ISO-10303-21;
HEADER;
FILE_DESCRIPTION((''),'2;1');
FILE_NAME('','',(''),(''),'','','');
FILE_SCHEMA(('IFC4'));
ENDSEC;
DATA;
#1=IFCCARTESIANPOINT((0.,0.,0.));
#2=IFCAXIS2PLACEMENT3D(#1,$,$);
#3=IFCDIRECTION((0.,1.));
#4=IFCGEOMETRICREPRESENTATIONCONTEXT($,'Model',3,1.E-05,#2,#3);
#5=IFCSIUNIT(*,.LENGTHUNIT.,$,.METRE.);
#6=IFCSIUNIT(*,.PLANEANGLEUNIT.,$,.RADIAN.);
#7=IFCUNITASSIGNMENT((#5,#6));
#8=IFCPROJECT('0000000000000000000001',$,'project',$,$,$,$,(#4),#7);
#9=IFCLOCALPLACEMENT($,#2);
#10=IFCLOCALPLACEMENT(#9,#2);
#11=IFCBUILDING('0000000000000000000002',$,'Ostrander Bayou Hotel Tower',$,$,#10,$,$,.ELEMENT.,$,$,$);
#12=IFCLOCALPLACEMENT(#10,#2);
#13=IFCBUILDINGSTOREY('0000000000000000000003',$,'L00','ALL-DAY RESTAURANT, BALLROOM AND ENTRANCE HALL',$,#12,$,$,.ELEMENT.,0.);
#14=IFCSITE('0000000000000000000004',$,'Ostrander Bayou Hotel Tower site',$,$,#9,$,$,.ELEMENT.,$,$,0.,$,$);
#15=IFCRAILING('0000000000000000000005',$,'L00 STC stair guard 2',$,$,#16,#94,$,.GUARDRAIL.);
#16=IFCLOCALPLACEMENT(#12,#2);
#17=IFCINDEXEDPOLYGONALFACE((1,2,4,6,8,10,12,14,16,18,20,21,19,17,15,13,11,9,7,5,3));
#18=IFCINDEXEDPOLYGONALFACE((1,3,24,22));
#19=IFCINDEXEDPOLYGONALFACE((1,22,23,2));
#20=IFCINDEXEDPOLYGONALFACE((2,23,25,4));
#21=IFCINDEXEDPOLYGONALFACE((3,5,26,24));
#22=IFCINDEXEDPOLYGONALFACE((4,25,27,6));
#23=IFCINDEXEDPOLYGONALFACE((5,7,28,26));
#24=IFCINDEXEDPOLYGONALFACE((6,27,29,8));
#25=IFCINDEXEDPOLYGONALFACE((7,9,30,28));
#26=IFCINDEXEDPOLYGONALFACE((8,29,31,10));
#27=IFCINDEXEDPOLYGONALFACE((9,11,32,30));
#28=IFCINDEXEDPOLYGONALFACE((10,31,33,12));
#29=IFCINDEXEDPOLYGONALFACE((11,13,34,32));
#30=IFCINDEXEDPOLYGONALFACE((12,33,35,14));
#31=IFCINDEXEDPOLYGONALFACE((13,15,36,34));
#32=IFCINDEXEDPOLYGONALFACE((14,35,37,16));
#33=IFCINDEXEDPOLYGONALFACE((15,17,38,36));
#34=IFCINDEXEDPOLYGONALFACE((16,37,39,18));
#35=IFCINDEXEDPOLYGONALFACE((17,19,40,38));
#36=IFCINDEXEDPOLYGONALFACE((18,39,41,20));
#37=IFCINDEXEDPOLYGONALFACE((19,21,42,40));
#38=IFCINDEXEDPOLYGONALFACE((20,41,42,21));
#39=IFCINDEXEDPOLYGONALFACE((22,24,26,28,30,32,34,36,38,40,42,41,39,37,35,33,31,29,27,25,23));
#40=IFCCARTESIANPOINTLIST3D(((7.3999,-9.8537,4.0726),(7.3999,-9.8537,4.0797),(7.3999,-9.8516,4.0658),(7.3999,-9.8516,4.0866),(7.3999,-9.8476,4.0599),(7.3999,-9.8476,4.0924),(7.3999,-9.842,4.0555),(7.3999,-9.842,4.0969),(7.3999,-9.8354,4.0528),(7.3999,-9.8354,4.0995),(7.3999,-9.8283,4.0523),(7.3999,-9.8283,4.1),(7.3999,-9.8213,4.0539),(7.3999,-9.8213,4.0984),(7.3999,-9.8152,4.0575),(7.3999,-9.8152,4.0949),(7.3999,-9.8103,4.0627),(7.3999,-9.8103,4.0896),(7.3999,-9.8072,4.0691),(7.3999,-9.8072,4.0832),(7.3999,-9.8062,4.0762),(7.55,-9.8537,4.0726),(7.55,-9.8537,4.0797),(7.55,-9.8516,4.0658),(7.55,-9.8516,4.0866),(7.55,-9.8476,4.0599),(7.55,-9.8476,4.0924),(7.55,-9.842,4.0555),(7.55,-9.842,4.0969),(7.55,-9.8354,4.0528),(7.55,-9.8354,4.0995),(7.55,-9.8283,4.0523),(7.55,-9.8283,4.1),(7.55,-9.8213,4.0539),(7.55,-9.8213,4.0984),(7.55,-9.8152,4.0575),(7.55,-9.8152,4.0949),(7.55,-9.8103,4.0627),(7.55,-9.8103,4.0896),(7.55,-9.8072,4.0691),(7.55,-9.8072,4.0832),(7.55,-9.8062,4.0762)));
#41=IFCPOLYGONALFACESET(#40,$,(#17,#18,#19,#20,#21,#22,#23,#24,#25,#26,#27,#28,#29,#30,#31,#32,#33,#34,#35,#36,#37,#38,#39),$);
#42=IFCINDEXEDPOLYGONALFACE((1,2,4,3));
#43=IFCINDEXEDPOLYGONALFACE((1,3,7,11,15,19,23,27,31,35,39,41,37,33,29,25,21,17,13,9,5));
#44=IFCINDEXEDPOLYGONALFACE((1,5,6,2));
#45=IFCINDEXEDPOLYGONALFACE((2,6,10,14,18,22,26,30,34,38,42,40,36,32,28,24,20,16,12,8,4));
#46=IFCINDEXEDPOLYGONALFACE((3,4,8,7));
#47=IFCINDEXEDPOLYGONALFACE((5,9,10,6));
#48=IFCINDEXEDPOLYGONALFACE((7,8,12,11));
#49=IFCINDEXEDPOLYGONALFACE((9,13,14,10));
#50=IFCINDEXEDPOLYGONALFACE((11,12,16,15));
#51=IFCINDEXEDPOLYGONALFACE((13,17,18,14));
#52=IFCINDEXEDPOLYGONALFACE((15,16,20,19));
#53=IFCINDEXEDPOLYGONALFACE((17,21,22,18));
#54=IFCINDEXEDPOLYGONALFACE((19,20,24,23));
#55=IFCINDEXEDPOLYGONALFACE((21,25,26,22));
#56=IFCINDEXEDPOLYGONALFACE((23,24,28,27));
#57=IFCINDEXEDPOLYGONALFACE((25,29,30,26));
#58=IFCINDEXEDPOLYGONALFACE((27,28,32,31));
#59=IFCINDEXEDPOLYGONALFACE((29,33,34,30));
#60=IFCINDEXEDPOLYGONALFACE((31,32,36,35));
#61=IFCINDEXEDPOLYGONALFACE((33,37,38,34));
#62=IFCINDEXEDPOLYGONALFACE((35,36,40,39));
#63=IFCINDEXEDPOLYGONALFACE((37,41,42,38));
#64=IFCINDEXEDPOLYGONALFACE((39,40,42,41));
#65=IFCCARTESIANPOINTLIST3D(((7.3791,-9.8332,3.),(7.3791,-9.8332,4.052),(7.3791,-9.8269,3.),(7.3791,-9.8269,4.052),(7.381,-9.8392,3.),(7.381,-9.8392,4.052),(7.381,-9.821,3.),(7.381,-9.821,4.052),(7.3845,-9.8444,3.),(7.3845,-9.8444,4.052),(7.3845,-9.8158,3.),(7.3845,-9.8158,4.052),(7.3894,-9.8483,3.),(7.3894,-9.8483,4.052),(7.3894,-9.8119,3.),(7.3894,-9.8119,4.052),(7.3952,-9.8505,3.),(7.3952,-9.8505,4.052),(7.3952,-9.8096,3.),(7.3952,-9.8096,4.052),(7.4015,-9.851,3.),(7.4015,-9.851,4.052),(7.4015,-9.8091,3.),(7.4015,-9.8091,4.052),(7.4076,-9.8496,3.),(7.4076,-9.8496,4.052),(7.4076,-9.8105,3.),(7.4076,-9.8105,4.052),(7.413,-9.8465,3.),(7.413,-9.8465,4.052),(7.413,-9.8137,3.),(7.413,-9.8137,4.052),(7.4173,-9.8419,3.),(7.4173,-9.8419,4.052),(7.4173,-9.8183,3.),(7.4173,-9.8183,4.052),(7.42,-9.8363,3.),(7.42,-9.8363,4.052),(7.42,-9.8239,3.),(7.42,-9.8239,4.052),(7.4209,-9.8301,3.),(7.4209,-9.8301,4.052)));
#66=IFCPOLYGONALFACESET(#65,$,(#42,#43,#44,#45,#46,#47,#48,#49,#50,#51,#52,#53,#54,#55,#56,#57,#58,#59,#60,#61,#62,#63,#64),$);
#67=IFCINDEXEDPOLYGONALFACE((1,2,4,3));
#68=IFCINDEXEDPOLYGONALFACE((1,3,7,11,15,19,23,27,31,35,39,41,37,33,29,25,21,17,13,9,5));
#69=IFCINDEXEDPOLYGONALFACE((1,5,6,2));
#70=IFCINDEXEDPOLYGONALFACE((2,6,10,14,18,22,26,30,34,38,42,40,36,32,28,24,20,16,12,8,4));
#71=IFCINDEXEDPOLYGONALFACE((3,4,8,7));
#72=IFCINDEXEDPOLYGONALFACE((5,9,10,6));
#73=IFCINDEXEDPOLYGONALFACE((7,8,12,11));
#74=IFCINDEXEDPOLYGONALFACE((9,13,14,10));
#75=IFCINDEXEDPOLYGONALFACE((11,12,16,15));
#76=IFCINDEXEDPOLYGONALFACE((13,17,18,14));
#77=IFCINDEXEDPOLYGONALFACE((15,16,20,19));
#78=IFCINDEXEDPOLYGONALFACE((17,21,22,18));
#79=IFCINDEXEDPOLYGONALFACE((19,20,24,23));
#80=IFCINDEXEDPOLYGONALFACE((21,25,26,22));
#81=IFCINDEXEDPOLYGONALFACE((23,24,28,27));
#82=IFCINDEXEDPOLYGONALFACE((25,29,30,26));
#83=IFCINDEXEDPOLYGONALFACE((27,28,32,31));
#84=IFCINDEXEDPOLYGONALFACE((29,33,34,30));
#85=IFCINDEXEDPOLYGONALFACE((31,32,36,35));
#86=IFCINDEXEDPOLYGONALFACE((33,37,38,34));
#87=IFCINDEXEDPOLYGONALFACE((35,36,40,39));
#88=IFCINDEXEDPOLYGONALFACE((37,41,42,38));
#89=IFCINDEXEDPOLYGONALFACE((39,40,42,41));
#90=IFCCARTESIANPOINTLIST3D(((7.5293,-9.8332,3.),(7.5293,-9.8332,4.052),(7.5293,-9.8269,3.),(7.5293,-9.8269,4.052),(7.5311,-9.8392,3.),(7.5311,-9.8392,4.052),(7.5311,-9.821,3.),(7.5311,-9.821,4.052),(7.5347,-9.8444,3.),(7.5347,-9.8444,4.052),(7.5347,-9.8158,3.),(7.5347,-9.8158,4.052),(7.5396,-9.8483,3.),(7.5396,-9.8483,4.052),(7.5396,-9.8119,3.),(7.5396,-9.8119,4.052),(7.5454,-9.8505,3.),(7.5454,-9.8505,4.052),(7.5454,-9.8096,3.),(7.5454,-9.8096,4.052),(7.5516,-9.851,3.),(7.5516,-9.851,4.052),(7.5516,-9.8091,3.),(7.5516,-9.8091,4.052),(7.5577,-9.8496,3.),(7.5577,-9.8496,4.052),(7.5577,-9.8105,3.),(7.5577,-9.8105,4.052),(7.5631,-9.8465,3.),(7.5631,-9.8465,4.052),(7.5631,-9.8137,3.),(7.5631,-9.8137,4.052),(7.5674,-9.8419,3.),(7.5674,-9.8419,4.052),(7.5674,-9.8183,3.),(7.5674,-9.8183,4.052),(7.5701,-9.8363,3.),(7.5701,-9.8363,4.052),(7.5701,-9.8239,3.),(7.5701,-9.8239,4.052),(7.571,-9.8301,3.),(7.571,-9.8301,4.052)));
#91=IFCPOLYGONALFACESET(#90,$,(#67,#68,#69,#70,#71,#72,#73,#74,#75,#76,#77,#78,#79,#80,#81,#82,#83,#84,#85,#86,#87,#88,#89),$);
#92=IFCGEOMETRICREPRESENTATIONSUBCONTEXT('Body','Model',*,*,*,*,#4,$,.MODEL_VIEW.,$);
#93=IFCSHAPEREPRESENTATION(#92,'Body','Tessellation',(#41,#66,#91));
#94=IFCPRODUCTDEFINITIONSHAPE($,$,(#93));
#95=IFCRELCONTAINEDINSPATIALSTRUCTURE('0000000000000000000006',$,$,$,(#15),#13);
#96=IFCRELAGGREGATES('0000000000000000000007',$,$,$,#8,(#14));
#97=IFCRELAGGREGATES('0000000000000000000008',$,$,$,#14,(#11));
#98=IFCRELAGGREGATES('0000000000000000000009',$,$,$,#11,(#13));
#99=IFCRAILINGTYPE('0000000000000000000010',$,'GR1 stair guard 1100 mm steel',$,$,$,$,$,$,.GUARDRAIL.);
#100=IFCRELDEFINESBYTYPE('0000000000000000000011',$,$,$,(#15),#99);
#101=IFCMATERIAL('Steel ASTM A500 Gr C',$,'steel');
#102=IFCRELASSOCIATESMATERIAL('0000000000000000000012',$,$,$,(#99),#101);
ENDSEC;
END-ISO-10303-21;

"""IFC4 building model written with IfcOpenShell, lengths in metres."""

from ifc_helpers import new_model, si_unit, direction, frame, origin, origin_2d, place, context, subcontext, project, spatial, circle, extrude, material, type_object, element, save


model = new_model("IFC4")

# Units and contexts
model_context = context("Model", 3, precision=1e-05, world=origin(), true_north=direction((0.0, 1.0)))
body_context = subcontext(model_context, "Body", "Model", "MODEL_VIEW")
ifc_project = project(units=[si_unit("LENGTHUNIT", "METRE"), si_unit("PLANEANGLEUNIT", "RADIAN")], contexts=[model_context])

# Site, building, storey
site_placement = place(None, origin())
site = spatial("IfcSite", under=ifc_project, at=site_placement, Name="Ostrander Bayou Hotel Tower site", CompositionType="ELEMENT", RefElevation=0.0)
building_placement = place(site_placement, origin())
building = spatial("IfcBuilding", under=site, at=building_placement, Name="Ostrander Bayou Hotel Tower", CompositionType="ELEMENT")
storey_placement = place(building_placement, origin())
storey = spatial("IfcBuildingStorey", under=building, at=storey_placement, Name="L00", Description="ALL-DAY RESTAURANT, BALLROOM AND ENTRANCE HALL", CompositionType="ELEMENT", Elevation=0.0)

# Railing
ifc_material_1 = material(Name="Steel ASTM A500 Gr C", Category="steel")
railing_type_1 = type_object("IfcRailingType", Name="GR1 stair guard 1100 mm steel", PredefinedType="GUARDRAIL", material=ifc_material_1)
railing_1_placement = place(storey_placement, frame((7.3999, -9.8301, 3.0)))
element("IfcRailing", 1, at=railing_1_placement, inside=storey, type_object=railing_type_1, Name="L00 STC stair guard 2", PredefinedType="GUARDRAIL", context=body_context, shape_type="SweptSolid", body=[
    extrude(circle(Radius=0.0239, at=origin_2d()), frame((0.0, 0.0, 1.0762), z_axis=(1.0, 0.0, 0.0), x_axis=(0.0, 1.0, 0.0)), (0.0, 0.0, 1.0), 0.1501),
    extrude(circle(Radius=0.021, at=origin_2d()), origin(), (0.0, 0.0, 1.0), 1.052),
    extrude(circle(Radius=0.021, at=origin_2d()), frame((0.1501, 0.0, 0.0)), (0.0, 0.0, 1.0), 1.052),
])

save(model, "model.ifc")
